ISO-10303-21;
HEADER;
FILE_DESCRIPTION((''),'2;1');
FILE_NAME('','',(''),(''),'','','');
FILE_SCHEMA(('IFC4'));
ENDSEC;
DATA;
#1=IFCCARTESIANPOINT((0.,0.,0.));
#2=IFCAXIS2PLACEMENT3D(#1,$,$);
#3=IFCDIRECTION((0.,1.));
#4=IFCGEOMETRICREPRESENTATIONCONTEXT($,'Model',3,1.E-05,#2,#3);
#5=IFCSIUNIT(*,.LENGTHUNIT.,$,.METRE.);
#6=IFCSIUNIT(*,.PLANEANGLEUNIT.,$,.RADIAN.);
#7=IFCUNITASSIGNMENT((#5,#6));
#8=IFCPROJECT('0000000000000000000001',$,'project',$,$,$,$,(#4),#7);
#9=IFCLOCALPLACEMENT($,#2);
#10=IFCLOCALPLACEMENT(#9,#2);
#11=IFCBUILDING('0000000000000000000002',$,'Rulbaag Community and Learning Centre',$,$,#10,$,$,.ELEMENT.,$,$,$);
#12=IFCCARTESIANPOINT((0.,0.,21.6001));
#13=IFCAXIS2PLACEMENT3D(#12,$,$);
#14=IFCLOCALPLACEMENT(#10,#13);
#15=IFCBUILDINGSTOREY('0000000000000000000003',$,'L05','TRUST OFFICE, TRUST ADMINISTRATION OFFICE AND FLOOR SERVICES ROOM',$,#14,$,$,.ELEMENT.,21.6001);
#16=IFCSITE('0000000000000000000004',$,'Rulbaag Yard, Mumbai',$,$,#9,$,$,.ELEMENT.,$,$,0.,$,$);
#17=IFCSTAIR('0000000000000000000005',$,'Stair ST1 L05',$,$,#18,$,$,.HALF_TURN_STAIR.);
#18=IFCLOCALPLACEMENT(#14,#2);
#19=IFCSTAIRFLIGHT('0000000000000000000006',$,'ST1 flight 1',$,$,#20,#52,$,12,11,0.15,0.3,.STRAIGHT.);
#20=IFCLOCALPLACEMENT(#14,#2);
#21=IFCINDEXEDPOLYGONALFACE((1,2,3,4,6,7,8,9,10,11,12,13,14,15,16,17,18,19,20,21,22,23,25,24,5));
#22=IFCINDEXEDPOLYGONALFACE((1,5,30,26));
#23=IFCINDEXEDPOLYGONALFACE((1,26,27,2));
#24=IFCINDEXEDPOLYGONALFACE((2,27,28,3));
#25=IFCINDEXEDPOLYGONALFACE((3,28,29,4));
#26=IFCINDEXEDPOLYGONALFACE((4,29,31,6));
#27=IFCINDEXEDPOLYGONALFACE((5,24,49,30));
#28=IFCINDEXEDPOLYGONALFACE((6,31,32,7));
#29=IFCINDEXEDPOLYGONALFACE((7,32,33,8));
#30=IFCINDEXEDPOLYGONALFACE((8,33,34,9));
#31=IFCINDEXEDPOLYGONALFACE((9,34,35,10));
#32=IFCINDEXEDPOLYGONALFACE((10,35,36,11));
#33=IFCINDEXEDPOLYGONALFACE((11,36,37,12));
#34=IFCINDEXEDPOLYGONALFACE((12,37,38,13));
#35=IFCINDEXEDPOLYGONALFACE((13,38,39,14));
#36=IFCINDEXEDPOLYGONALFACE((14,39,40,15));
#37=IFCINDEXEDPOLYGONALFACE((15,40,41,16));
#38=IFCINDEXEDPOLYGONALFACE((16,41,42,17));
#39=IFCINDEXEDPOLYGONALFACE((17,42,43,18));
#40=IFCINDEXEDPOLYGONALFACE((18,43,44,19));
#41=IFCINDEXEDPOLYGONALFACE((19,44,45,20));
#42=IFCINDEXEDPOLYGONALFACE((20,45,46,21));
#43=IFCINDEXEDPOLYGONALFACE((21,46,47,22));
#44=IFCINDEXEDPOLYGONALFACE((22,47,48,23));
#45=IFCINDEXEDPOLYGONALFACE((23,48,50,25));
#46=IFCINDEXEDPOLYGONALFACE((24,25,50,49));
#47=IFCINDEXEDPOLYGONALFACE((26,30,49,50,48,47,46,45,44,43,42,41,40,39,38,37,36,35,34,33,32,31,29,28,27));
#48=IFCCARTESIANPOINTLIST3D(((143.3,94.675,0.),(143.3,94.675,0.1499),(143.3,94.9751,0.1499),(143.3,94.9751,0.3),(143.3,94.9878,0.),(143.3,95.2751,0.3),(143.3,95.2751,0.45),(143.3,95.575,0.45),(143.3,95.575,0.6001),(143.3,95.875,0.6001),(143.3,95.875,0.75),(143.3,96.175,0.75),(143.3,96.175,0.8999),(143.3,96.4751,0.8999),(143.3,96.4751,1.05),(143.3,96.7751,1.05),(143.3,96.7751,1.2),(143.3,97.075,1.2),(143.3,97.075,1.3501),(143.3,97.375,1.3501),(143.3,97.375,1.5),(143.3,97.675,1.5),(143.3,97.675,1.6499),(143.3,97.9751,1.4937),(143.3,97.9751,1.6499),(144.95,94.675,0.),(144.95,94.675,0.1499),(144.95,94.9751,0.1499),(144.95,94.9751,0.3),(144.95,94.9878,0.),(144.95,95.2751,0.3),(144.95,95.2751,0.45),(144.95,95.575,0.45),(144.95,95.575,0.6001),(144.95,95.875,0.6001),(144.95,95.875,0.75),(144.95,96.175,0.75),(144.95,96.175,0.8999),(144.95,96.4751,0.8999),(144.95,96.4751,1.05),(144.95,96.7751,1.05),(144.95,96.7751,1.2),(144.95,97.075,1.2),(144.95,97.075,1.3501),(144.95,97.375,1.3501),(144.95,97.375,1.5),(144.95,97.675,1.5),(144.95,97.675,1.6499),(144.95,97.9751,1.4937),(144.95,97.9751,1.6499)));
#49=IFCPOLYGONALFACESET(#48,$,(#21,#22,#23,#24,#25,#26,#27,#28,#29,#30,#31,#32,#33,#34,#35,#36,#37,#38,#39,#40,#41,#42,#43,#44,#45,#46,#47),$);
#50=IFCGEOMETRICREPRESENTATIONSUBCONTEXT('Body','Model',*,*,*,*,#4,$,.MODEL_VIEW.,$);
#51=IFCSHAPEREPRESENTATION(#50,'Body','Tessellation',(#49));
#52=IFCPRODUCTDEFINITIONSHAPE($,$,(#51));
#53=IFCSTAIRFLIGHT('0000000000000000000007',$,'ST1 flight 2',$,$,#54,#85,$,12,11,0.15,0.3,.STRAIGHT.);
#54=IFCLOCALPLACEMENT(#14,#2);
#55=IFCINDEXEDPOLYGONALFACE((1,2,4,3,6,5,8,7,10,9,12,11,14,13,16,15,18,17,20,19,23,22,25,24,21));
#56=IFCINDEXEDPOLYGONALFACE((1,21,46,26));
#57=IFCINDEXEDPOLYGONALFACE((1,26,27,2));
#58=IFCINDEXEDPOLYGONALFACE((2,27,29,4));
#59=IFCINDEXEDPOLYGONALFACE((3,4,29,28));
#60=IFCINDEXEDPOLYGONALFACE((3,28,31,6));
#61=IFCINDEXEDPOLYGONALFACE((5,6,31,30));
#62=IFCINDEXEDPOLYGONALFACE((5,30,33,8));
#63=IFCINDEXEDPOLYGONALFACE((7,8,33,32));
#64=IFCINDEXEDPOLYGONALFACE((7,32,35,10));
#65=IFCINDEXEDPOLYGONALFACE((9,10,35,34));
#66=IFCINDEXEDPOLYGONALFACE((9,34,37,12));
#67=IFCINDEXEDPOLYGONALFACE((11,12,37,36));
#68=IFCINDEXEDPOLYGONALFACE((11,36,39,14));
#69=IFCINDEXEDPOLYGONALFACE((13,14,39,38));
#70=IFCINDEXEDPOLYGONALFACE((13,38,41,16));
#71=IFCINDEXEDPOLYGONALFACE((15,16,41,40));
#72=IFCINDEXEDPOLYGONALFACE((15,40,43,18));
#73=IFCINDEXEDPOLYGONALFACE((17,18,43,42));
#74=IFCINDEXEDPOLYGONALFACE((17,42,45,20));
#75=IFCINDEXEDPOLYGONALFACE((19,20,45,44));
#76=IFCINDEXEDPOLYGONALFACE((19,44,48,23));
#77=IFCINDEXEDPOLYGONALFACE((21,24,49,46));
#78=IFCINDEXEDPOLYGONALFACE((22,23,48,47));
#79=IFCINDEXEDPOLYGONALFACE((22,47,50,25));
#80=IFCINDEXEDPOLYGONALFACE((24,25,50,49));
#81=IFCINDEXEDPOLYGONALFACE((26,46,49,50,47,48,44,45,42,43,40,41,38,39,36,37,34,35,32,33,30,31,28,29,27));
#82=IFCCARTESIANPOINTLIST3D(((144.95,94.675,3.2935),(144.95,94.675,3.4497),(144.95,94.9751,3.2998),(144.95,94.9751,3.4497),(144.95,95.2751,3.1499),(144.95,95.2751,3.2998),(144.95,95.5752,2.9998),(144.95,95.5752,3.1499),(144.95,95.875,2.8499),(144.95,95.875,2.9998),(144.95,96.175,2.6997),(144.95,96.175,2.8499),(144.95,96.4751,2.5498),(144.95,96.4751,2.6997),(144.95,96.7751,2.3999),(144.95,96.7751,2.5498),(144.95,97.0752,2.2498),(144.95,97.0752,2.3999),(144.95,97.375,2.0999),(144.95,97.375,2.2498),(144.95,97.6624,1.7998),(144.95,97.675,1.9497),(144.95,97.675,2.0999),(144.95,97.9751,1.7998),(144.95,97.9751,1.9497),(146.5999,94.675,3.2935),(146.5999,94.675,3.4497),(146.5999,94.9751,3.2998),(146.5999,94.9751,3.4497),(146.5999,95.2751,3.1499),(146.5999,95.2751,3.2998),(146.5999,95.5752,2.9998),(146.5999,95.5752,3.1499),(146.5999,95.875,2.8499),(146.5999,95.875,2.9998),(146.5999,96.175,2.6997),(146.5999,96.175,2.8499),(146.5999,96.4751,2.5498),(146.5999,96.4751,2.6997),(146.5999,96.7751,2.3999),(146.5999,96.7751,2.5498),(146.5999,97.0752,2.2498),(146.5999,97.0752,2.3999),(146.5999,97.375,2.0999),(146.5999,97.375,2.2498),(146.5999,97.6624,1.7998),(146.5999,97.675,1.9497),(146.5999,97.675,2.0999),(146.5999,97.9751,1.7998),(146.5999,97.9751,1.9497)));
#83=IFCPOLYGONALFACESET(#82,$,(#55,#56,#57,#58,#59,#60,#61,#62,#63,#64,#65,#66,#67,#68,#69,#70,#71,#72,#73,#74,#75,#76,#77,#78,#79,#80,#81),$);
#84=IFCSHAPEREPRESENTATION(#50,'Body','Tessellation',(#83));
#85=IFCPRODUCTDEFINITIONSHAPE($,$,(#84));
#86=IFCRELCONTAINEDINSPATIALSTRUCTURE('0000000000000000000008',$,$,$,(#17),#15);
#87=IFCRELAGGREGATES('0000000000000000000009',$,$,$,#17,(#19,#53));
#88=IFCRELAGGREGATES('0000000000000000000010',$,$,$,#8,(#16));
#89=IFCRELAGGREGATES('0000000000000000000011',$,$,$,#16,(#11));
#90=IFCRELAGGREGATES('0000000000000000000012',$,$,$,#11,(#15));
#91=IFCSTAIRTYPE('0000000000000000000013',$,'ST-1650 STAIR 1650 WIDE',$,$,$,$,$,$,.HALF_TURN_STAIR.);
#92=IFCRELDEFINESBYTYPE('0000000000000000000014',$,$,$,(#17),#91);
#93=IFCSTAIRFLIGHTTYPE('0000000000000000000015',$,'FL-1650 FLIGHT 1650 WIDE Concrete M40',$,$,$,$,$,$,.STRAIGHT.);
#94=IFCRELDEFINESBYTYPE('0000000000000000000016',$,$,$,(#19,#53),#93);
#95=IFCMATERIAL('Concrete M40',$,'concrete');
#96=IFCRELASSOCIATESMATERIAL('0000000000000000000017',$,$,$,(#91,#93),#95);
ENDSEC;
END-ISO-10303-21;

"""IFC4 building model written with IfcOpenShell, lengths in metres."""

from ifc_helpers import new_model, si_unit, direction, frame, origin, place, context, subcontext, project, spatial, polyline, outline, extrude, material, type_object, element, aggregate, save


model = new_model("IFC4")

# Units and contexts
model_context = context("Model", 3, precision=1e-05, world=origin(), true_north=direction((0.0, 1.0)))
body_context = subcontext(model_context, "Body", "Model", "MODEL_VIEW")
ifc_project = project(units=[si_unit("LENGTHUNIT", "METRE"), si_unit("PLANEANGLEUNIT", "RADIAN")], contexts=[model_context])

# Site, building, storey
site_placement = place(None, origin())
site = spatial("IfcSite", under=ifc_project, at=site_placement, Name="Rulbaag Yard, Mumbai", CompositionType="ELEMENT", RefElevation=0.0)
building_placement = place(site_placement, origin())
building = spatial("IfcBuilding", under=site, at=building_placement, Name="Rulbaag Community and Learning Centre", CompositionType="ELEMENT")
storey_placement = place(building_placement, frame((0.0, 0.0, 21.6001)))
storey = spatial("IfcBuildingStorey", under=building, at=storey_placement, Name="L05", Description="TRUST OFFICE, TRUST ADMINISTRATION OFFICE AND FLOOR SERVICES ROOM", CompositionType="ELEMENT", Elevation=21.6001)

# Shared definitions
ifc_material_1 = material(Name="Concrete M40", Category="concrete")

# Stair, stair flights
stair_type = type_object("IfcStairType", Name="ST-1650 STAIR 1650 WIDE", PredefinedType="HALF_TURN_STAIR", material=ifc_material_1)
stair_placement = place(storey_placement, origin())
stair = element("IfcStair", 1, at=stair_placement, inside=storey, type_object=stair_type, Name="Stair ST1 L05", PredefinedType="HALF_TURN_STAIR")
stair_flight_type = type_object("IfcStairFlightType", Name="FL-1650 FLIGHT 1650 WIDE Concrete M40", PredefinedType="STRAIGHT", material=ifc_material_1)
stair_flight_1_placement = place(storey_placement, frame((144.125, 94.675, 0.0), z_axis=(0.0, 0.0, 1.0), x_axis=(0.0, 1.0, 0.0)))
stair_flight_1 = element("IfcStairFlight", 2, at=stair_flight_1_placement, type_object=stair_flight_type, Name="ST1 flight 1", NumberOfRisers=12, NumberOfTreads=11, PredefinedType="STRAIGHT", RiserHeight=0.15, TreadLength=0.3, context=body_context, shape_type="SweptSolid", body=[
    extrude(outline(polyline([(0.0, 0.0), (0.0, 0.1499), (0.3, 0.1499), (0.3, 0.3), (0.6001, 0.3), (0.6001, 0.45), (0.8999, 0.45), (0.8999, 0.6001), (1.2, 0.6001), (1.2, 0.75), (1.5, 0.75), (1.5, 0.8999), (1.8, 0.8999), (1.8, 1.05), (2.1001, 1.05), (2.1001, 1.2), (2.3999, 1.2), (2.3999, 1.3501), (2.7, 1.3501), (2.7, 1.5), (3.0, 1.5), (3.0, 1.6499), (3.3, 1.6499), (3.3, 1.4937), (0.3127, 0.0), (0.0, 0.0)])), frame((0.0, 0.825, 0.0), z_axis=(0.0, -1.0, 0.0), x_axis=(1.0, 0.0, 0.0)), (0.0, 0.0, 1.0), 1.6499),
])
stair_flight_2_placement = place(storey_placement, frame((145.7749, 97.9751, 1.7998), z_axis=(0.0, 0.0, 1.0), x_axis=(0.0, -1.0, 0.0)))
stair_flight_2 = element("IfcStairFlight", 3, at=stair_flight_2_placement, type_object=stair_flight_type, Name="ST1 flight 2", NumberOfRisers=12, NumberOfTreads=11, PredefinedType="STRAIGHT", RiserHeight=0.15, TreadLength=0.3, context=body_context, shape_type="SweptSolid", body=[
    extrude(outline(polyline([(0.0, 0.0), (0.0, 0.1499), (0.3, 0.1499), (0.3, 0.3), (0.6001, 0.3), (0.6001, 0.45), (0.8999, 0.45), (0.8999, 0.6001), (1.2, 0.6001), (1.2, 0.75), (1.5, 0.75), (1.5, 0.8999), (1.8, 0.8999), (1.8, 1.05), (2.1001, 1.05), (2.1001, 1.2), (2.3999, 1.2), (2.3999, 1.3501), (2.7, 1.3501), (2.7, 1.5), (3.0, 1.5), (3.0, 1.6499), (3.3, 1.6499), (3.3, 1.4937), (0.3127, 0.0), (0.0, 0.0)])), frame((0.0, 0.825, 0.0), z_axis=(0.0, -1.0, 0.0), x_axis=(1.0, 0.0, 0.0)), (0.0, 0.0, 1.0), 1.6499),
])
aggregate(stair, [stair_flight_1, stair_flight_2])

save(model, "model.ifc")
